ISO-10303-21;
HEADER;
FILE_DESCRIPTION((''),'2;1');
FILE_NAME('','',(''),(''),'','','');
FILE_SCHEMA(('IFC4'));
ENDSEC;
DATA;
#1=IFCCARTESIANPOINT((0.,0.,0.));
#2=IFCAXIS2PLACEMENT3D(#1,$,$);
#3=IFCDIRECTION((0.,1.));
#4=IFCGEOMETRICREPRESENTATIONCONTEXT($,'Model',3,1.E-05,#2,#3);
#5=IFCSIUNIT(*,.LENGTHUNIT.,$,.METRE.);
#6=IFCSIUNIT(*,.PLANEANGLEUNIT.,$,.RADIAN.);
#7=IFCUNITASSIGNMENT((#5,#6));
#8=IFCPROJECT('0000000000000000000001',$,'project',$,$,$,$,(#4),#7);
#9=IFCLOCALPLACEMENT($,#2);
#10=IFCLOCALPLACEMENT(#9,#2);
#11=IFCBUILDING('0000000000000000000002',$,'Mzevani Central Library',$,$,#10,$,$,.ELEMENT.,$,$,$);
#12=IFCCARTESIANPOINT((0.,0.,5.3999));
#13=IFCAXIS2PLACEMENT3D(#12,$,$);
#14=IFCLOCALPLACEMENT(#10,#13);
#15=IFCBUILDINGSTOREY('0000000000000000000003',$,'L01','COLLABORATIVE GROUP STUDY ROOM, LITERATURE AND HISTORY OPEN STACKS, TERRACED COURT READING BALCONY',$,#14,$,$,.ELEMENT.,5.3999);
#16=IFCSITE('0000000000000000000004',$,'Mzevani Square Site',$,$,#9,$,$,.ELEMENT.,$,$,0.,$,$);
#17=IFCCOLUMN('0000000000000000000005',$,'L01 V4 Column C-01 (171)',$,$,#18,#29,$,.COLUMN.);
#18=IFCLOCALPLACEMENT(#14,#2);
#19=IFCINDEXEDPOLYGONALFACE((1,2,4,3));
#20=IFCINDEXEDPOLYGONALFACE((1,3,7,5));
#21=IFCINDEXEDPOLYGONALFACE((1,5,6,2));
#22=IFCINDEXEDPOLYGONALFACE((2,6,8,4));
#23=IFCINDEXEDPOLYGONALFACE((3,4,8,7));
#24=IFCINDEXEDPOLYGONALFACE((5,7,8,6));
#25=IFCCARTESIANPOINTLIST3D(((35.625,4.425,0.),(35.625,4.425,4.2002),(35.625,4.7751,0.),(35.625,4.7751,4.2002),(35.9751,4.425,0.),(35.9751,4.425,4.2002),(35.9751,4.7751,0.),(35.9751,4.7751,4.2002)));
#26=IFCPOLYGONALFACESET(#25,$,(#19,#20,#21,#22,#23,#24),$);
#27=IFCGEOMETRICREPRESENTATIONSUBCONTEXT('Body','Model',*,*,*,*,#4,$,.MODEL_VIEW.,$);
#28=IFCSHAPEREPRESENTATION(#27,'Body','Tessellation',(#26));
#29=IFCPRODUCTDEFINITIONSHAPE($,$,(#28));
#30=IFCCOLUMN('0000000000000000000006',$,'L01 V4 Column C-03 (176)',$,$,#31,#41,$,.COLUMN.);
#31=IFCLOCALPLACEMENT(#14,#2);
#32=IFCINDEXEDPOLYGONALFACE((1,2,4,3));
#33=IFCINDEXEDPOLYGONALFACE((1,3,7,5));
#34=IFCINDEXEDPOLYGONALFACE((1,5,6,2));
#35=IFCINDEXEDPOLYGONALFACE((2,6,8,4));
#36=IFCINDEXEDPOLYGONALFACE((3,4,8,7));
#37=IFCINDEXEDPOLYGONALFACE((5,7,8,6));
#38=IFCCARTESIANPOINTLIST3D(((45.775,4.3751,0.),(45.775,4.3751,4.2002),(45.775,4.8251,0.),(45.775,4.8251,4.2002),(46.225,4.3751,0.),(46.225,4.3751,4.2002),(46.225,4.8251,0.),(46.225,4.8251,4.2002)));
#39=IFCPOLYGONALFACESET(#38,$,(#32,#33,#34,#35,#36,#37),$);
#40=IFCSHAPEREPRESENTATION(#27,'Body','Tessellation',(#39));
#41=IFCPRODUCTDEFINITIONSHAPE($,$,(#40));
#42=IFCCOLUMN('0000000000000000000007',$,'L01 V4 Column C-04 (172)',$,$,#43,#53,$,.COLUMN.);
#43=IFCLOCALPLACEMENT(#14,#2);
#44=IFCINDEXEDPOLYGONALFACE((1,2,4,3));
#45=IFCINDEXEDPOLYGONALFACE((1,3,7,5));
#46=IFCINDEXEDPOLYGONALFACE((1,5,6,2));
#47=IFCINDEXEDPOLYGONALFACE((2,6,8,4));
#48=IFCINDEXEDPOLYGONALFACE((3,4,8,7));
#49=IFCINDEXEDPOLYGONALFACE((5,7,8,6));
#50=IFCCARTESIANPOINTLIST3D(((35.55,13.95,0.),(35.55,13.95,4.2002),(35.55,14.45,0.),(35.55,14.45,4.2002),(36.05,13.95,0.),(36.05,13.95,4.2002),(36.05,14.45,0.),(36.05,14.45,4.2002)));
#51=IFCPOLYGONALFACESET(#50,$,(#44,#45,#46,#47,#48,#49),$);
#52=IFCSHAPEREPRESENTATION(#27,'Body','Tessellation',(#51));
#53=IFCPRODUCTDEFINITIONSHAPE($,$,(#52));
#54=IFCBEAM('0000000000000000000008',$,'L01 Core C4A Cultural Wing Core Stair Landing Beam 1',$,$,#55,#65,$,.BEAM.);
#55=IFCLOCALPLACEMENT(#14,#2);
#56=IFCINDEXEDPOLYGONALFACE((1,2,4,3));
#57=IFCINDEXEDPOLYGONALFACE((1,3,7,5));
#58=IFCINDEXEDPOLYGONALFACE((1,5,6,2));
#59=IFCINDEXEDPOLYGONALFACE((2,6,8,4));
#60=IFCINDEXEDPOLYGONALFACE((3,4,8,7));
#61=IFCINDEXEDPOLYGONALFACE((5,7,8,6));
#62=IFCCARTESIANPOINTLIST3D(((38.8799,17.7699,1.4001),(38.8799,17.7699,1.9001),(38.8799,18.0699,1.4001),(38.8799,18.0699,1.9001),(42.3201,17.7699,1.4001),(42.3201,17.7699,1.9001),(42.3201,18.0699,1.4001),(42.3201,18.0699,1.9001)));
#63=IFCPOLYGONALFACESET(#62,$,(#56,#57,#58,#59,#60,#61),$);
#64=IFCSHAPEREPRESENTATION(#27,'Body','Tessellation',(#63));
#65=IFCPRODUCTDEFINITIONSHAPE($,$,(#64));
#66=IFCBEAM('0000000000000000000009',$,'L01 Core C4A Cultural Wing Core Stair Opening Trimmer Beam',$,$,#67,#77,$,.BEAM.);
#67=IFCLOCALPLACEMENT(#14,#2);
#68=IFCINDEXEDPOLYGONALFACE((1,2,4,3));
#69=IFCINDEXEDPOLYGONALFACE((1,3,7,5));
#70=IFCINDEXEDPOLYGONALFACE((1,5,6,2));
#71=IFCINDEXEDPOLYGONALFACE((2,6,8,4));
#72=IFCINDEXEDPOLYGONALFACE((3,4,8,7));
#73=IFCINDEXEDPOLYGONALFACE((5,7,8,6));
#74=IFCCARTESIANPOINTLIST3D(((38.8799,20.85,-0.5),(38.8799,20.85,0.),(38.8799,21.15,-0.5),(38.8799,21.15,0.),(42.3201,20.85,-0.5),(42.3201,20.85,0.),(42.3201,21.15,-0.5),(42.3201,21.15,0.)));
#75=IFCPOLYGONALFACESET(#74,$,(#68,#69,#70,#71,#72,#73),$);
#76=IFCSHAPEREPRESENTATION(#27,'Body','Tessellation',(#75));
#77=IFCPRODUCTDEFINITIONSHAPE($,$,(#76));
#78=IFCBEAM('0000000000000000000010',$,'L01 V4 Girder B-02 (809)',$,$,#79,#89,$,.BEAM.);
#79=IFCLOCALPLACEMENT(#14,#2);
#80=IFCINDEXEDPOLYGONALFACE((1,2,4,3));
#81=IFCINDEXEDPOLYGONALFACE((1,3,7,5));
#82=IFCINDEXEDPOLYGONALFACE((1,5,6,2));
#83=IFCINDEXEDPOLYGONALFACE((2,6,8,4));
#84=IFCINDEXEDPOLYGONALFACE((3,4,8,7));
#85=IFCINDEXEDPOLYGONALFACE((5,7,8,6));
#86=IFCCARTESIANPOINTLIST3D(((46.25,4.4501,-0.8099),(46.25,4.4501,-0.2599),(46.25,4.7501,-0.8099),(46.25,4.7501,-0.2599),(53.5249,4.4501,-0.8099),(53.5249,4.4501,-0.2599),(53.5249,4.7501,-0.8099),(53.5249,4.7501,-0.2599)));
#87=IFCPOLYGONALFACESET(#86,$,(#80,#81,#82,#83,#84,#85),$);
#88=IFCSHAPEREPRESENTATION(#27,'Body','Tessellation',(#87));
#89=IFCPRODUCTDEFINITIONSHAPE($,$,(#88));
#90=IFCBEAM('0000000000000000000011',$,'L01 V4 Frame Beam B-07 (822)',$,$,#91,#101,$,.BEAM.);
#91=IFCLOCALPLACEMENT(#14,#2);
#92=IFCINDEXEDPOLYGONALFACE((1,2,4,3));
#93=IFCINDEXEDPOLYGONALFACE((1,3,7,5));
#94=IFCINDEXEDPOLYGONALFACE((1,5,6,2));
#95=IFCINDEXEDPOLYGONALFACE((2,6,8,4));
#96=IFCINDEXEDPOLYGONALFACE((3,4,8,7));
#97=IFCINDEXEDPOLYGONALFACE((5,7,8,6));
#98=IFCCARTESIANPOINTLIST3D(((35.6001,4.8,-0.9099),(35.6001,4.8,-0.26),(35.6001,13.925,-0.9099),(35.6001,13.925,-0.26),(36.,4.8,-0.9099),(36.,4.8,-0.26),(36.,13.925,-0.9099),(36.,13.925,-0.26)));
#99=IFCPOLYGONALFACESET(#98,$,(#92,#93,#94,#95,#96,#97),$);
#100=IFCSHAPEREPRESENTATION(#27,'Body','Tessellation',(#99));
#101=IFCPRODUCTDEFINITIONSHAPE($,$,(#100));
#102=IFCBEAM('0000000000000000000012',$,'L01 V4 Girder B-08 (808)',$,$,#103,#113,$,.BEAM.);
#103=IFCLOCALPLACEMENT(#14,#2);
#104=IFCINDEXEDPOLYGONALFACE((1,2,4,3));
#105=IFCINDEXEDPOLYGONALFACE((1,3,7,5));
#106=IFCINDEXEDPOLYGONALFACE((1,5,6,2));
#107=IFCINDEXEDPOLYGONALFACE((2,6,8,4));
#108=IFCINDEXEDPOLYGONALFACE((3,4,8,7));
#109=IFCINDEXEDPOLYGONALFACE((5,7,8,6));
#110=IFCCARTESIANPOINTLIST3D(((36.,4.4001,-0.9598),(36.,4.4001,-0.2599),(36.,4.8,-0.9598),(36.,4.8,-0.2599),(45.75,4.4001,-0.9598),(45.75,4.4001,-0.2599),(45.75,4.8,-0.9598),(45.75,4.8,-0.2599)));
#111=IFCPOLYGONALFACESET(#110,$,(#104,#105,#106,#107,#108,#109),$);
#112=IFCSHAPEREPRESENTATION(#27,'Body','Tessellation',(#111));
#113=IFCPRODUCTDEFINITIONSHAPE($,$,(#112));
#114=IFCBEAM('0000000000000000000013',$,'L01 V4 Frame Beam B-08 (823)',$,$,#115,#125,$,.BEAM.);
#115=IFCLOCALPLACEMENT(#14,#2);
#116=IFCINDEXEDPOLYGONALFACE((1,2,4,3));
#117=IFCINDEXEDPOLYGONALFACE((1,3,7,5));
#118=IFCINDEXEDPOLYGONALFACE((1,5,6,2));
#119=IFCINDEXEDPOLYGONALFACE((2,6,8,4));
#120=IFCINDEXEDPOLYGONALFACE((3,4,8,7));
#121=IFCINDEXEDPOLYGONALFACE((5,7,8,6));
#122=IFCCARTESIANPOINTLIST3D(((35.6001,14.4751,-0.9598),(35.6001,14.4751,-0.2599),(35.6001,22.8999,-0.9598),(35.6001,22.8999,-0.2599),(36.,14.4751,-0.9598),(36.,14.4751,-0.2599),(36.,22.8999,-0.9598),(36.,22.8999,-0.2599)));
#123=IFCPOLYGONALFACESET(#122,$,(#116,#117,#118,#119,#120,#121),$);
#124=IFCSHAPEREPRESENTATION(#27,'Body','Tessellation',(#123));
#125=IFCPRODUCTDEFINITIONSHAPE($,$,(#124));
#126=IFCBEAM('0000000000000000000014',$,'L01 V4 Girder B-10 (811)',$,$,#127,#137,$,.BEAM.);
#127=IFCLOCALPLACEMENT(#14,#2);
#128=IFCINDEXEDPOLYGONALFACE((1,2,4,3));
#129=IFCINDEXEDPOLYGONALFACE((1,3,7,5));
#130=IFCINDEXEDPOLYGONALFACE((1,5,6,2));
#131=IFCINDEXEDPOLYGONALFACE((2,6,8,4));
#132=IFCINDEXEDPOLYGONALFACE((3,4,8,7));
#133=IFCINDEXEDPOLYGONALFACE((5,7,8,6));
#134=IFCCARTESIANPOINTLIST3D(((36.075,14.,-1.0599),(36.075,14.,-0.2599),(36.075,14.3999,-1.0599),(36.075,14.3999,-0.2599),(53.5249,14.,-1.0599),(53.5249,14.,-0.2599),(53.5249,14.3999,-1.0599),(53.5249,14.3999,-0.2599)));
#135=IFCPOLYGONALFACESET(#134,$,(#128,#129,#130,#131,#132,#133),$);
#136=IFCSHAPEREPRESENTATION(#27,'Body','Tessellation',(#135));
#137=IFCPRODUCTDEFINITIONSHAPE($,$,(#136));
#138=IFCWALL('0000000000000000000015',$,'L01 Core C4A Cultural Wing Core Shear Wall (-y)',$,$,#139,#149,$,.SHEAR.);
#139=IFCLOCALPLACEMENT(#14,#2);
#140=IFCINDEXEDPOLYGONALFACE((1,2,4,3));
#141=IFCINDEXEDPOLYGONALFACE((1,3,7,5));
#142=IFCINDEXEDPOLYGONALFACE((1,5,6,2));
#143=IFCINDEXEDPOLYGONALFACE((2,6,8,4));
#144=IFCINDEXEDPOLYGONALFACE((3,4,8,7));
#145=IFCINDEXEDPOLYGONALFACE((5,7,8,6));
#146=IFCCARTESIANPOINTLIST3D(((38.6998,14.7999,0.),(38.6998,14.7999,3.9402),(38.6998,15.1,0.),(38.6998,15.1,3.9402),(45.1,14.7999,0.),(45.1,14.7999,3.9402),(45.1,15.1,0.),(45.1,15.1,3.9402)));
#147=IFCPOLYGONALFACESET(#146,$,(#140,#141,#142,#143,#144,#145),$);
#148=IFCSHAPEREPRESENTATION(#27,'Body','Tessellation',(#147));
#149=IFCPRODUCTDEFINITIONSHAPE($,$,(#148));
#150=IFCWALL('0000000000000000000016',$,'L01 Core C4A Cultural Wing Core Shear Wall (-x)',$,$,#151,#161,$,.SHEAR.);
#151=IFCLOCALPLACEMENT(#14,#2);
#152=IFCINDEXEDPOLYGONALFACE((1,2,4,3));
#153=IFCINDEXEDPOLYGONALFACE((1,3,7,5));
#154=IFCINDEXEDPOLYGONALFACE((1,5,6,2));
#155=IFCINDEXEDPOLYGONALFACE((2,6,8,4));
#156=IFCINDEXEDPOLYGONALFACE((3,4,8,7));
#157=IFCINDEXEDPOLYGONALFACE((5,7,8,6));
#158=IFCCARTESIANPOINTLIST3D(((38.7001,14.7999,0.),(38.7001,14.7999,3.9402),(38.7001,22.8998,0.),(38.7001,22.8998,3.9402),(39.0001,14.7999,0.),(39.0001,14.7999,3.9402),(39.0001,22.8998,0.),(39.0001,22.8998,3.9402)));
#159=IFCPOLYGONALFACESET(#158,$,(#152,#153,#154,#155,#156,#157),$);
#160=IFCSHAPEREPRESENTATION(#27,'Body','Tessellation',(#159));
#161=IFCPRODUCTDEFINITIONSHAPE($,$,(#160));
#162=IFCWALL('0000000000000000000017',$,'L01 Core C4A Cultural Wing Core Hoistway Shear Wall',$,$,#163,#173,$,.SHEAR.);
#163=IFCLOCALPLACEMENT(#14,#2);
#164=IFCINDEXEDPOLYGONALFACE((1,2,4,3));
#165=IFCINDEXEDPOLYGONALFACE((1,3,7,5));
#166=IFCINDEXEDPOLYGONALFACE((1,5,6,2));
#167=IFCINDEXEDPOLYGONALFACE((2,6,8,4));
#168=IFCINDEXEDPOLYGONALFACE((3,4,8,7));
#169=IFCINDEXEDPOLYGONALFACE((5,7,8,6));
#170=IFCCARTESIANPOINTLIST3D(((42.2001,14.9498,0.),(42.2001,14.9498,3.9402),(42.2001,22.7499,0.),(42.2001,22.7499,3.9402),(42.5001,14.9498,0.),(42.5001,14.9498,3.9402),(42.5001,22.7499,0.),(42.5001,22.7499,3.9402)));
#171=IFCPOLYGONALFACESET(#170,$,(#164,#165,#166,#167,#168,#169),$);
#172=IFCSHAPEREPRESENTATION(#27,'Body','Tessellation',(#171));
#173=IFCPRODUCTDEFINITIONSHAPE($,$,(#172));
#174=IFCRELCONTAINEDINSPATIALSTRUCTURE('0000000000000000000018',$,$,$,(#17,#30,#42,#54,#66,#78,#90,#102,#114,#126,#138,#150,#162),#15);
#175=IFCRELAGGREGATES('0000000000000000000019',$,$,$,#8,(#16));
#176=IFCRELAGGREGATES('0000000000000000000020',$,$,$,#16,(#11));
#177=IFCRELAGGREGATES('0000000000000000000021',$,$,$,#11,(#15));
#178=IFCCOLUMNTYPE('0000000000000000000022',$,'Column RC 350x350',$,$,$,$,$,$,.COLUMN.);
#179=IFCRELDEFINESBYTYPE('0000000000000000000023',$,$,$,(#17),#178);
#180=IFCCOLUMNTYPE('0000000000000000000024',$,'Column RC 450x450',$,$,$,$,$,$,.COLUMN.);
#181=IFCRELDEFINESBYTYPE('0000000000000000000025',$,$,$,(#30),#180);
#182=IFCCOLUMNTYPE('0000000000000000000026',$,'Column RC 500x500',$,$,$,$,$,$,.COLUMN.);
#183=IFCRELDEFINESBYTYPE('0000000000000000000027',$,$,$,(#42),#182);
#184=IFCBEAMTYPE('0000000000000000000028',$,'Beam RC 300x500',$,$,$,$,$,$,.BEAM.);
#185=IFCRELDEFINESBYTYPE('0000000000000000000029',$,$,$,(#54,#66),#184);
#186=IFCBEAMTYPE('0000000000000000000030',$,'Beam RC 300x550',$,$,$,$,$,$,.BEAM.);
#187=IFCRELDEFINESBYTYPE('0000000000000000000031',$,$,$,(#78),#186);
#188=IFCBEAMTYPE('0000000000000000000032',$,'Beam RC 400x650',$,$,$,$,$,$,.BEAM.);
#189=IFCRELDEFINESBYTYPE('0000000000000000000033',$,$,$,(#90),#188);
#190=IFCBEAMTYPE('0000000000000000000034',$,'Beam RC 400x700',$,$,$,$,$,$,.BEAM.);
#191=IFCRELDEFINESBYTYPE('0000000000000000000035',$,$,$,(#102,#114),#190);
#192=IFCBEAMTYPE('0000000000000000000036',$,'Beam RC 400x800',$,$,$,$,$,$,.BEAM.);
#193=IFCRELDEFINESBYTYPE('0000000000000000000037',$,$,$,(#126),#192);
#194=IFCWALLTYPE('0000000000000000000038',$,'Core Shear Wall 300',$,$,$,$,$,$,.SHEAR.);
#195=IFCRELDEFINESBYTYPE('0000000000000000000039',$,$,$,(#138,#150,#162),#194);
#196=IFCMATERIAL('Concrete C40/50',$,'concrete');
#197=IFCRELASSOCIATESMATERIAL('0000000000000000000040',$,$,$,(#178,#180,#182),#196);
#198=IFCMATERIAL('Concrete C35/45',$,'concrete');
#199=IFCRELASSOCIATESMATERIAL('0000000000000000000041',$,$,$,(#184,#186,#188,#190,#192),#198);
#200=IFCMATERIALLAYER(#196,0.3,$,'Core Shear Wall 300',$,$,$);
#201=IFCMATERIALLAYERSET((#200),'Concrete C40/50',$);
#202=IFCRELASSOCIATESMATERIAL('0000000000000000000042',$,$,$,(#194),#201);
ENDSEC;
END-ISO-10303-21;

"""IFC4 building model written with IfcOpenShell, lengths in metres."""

from ifc_helpers import new_model, si_unit, direction, frame, frame_2d, origin, origin_2d, place, context, subcontext, project, spatial, rectangle, extrude, material, layer, layer_set, material_profile, profile_set, type_object, element, save


model = new_model("IFC4")

# Units and contexts
model_context = context("Model", 3, precision=1e-05, world=origin(), true_north=direction((0.0, 1.0)))
body_context = subcontext(model_context, "Body", "Model", "MODEL_VIEW")
ifc_project = project(units=[si_unit("LENGTHUNIT", "METRE"), si_unit("PLANEANGLEUNIT", "RADIAN")], contexts=[model_context])

# Site, building, storey
site_placement = place(None, origin())
site = spatial("IfcSite", under=ifc_project, at=site_placement, Name="Mzevani Square Site", CompositionType="ELEMENT", RefElevation=0.0)
building_placement = place(site_placement, origin())
building = spatial("IfcBuilding", under=site, at=building_placement, Name="Mzevani Central Library", CompositionType="ELEMENT")
storey_placement = place(building_placement, frame((0.0, 0.0, 5.3999)))
storey = spatial("IfcBuildingStorey", under=building, at=storey_placement, Name="L01", Description="COLLABORATIVE GROUP STUDY ROOM, LITERATURE AND HISTORY OPEN STACKS, TERRACED COURT READING BALCONY", CompositionType="ELEMENT", Elevation=5.3999)

# Columns
ifc_material_1 = material(Name="Concrete C40/50", Category="concrete")
ifc_material_profile_1 = material_profile(ifc_material_1, rectangle(XDim=0.3501, YDim=0.3501, at=origin_2d()), Name="RC 350x350")
ifc_profile_set_1 = profile_set([ifc_material_profile_1], Name="Concrete C40/50")
column_type_1 = type_object("IfcColumnType", Name="Column RC 350x350", PredefinedType="COLUMN", material=ifc_profile_set_1)
column_1_placement = place(storey_placement, frame((35.8, 4.6001, 0.0), z_axis=(0.0, 0.0, 1.0), x_axis=(1.0, 0.0, 0.0)))
element("IfcColumn", 1, at=column_1_placement, inside=storey, type_object=column_type_1, Name="L01 V4 Column C-01 (171)", PredefinedType="COLUMN", context=body_context, shape_type="SweptSolid", body=[
    extrude(rectangle(XDim=0.3501, YDim=0.3501, at=origin_2d()), origin(), (0.0, 0.0, 1.0), 4.2002),
])
ifc_material_profile_2 = material_profile(ifc_material_1, rectangle(XDim=0.45, YDim=0.45, at=origin_2d()), Name="RC 450x450")
ifc_profile_set_2 = profile_set([ifc_material_profile_2], Name="Concrete C40/50")
column_type_2 = type_object("IfcColumnType", Name="Column RC 450x450", PredefinedType="COLUMN", material=ifc_profile_set_2)
column_2_placement = place(storey_placement, frame((46.0, 4.6001, 0.0), z_axis=(0.0, 0.0, 1.0), x_axis=(1.0, 0.0, 0.0)))
element("IfcColumn", 2, at=column_2_placement, inside=storey, type_object=column_type_2, Name="L01 V4 Column C-03 (176)", PredefinedType="COLUMN", context=body_context, shape_type="SweptSolid", body=[
    extrude(rectangle(XDim=0.45, YDim=0.45, at=origin_2d()), origin(), (0.0, 0.0, 1.0), 4.2002),
])
ifc_material_profile_3 = material_profile(ifc_material_1, rectangle(XDim=0.5, YDim=0.5, at=origin_2d()), Name="RC 500x500")
ifc_profile_set_3 = profile_set([ifc_material_profile_3], Name="Concrete C40/50")
column_type_3 = type_object("IfcColumnType", Name="Column RC 500x500", PredefinedType="COLUMN", material=ifc_profile_set_3)
column_3_placement = place(storey_placement, frame((35.8, 14.2, 0.0), z_axis=(0.0, 0.0, 1.0), x_axis=(1.0, 0.0, 0.0)))
element("IfcColumn", 3, at=column_3_placement, inside=storey, type_object=column_type_3, Name="L01 V4 Column C-04 (172)", PredefinedType="COLUMN", context=body_context, shape_type="SweptSolid", body=[
    extrude(rectangle(XDim=0.5, YDim=0.5, at=origin_2d()), origin(), (0.0, 0.0, 1.0), 4.2002),
])

# Beams
ifc_material_2 = material(Name="Concrete C35/45", Category="concrete")
ifc_material_profile_4 = material_profile(ifc_material_2, rectangle(XDim=0.3, YDim=0.5, at=origin_2d()), Name="RC B300x500")
ifc_profile_set_4 = profile_set([ifc_material_profile_4], Name="Concrete C35/45")
beam_type_1 = type_object("IfcBeamType", Name="Beam RC 300x500", PredefinedType="BEAM", material=ifc_profile_set_4)
for number, where, z_axis, x_axis, name in (
    (4, (38.8799, 17.9199, 1.6501), (1.0, 0.0, 0.0), (0.0, 1.0, 0.0), "L01 Core C4A Cultural Wing Core Stair Landing Beam 1"),
    (5, (38.8799, 21.0, -0.25), (1.0, 0.0, 0.0), (0.0, 1.0, 0.0), "L01 Core C4A Cultural Wing Core Stair Opening Trimmer Beam"),
):
    element("IfcBeam", number, at=place(storey_placement, frame(where, z_axis=z_axis, x_axis=x_axis)), inside=storey, type_object=beam_type_1, Name=name, PredefinedType="BEAM", context=body_context, shape_type="SweptSolid", body=[
        extrude(rectangle(XDim=0.3, YDim=0.5, at=origin_2d()), origin(), (0.0, 0.0, 1.0), 3.4402),
    ])
ifc_material_profile_5 = material_profile(ifc_material_2, rectangle(XDim=0.3, YDim=0.55, at=origin_2d()), Name="RC B300x550")
ifc_profile_set_5 = profile_set([ifc_material_profile_5], Name="Concrete C35/45")
beam_type_2 = type_object("IfcBeamType", Name="Beam RC 300x550", PredefinedType="BEAM", material=ifc_profile_set_5)
beam_1_placement = place(storey_placement, frame((46.25, 4.6001, -0.5349), z_axis=(1.0, 0.0, 0.0), x_axis=(0.0, 1.0, 0.0)))
element("IfcBeam", 6, at=beam_1_placement, inside=storey, type_object=beam_type_2, Name="L01 V4 Girder B-02 (809)", PredefinedType="BEAM", context=body_context, shape_type="SweptSolid", body=[
    extrude(rectangle(XDim=0.3, YDim=0.55, at=origin_2d()), origin(), (0.0, 0.0, 1.0), 7.2749),
])
ifc_material_profile_6 = material_profile(ifc_material_2, rectangle(XDim=0.3999, YDim=0.6499, at=origin_2d()), Name="RC B400x650")
ifc_profile_set_6 = profile_set([ifc_material_profile_6], Name="Concrete C35/45")
beam_type_3 = type_object("IfcBeamType", Name="Beam RC 400x650", PredefinedType="BEAM", material=ifc_profile_set_6)
beam_2_placement = place(storey_placement, frame((35.8, 4.8, -0.585), z_axis=(0.0, 1.0, 0.0), x_axis=(-1.0, 0.0, 0.0)))
element("IfcBeam", 7, at=beam_2_placement, inside=storey, type_object=beam_type_3, Name="L01 V4 Frame Beam B-07 (822)", PredefinedType="BEAM", context=body_context, shape_type="SweptSolid", body=[
    extrude(rectangle(XDim=0.3999, YDim=0.6499, at=origin_2d()), origin(), (0.0, 0.0, 1.0), 9.125),
])
ifc_material_profile_7 = material_profile(ifc_material_2, rectangle(XDim=0.3999, YDim=0.7, at=origin_2d()), Name="RC B400x700")
ifc_profile_set_7 = profile_set([ifc_material_profile_7], Name="Concrete C35/45")
beam_type_4 = type_object("IfcBeamType", Name="Beam RC 400x700", PredefinedType="BEAM", material=ifc_profile_set_7)
beam_3_placement = place(storey_placement, frame((36.0, 4.6001, -0.6099), z_axis=(1.0, 0.0, 0.0), x_axis=(0.0, 1.0, 0.0)))
element("IfcBeam", 8, at=beam_3_placement, inside=storey, type_object=beam_type_4, Name="L01 V4 Girder B-08 (808)", PredefinedType="BEAM", context=body_context, shape_type="SweptSolid", body=[
    extrude(rectangle(XDim=0.3999, YDim=0.7, at=origin_2d()), origin(), (0.0, 0.0, 1.0), 9.75),
])
beam_4_placement = place(storey_placement, frame((35.8, 14.4751, -0.6099), z_axis=(0.0, 1.0, 0.0), x_axis=(-1.0, 0.0, 0.0)))
element("IfcBeam", 9, at=beam_4_placement, inside=storey, type_object=beam_type_4, Name="L01 V4 Frame Beam B-08 (823)", PredefinedType="BEAM", context=body_context, shape_type="SweptSolid", body=[
    extrude(rectangle(XDim=0.3999, YDim=0.7, at=origin_2d()), origin(), (0.0, 0.0, 1.0), 8.4248),
])
ifc_material_profile_8 = material_profile(ifc_material_2, rectangle(XDim=0.3999, YDim=0.8, at=origin_2d()), Name="RC B400x800")
ifc_profile_set_8 = profile_set([ifc_material_profile_8], Name="Concrete C35/45")
beam_type_5 = type_object("IfcBeamType", Name="Beam RC 400x800", PredefinedType="BEAM", material=ifc_profile_set_8)
beam_5_placement = place(storey_placement, frame((36.075, 14.2, -0.6599), z_axis=(1.0, 0.0, 0.0), x_axis=(0.0, 1.0, 0.0)))
element("IfcBeam", 10, at=beam_5_placement, inside=storey, type_object=beam_type_5, Name="L01 V4 Girder B-10 (811)", PredefinedType="BEAM", context=body_context, shape_type="SweptSolid", body=[
    extrude(rectangle(XDim=0.3999, YDim=0.8, at=origin_2d()), origin(), (0.0, 0.0, 1.0), 17.45),
])

# Walls
ifc_layer_1 = layer(ifc_material_1, 0.3, Name="Core Shear Wall 300")
ifc_layer_set_1 = layer_set([ifc_layer_1], Name="Concrete C40/50")
wall_type_1 = type_object("IfcWallType", Name="Core Shear Wall 300", PredefinedType="SHEAR", material=ifc_layer_set_1)
wall_1_placement = place(storey_placement, frame((45.1001, 14.95, 0.0), z_axis=(0.0, 0.0, 1.0), x_axis=(-1.0, 0.0, 0.0)))
element("IfcWall", 11, at=wall_1_placement, inside=storey, type_object=wall_type_1, Name="L01 Core C4A Cultural Wing Core Shear Wall (-y)", PredefinedType="SHEAR", context=body_context, shape_type="SweptSolid", body=[
    extrude(rectangle(XDim=6.4001, YDim=0.3, at=frame_2d((3.2002, 0.0))), origin(), (0.0, 0.0, 1.0), 3.9402),
])
wall_2_placement = place(storey_placement, frame((38.8501, 14.8, 0.0), z_axis=(0.0, 0.0, 1.0), x_axis=(0.0, 1.0, 0.0)))
element("IfcWall", 12, at=wall_2_placement, inside=storey, type_object=wall_type_1, Name="L01 Core C4A Cultural Wing Core Shear Wall (-x)", PredefinedType="SHEAR", context=body_context, shape_type="SweptSolid", body=[
    extrude(rectangle(XDim=8.0999, YDim=0.3, at=frame_2d((4.0498, 0.0))), origin(), (0.0, 0.0, 1.0), 3.9402),
])
wall_3_placement = place(storey_placement, frame((42.3501, 14.95, 0.0), z_axis=(0.0, 0.0, 1.0), x_axis=(0.0, 1.0, 0.0)))
element("IfcWall", 13, at=wall_3_placement, inside=storey, type_object=wall_type_1, Name="L01 Core C4A Cultural Wing Core Hoistway Shear Wall", PredefinedType="SHEAR", context=body_context, shape_type="SweptSolid", body=[
    extrude(rectangle(XDim=7.8, YDim=0.3, at=frame_2d((3.8999, 0.0))), origin(), (0.0, 0.0, 1.0), 3.9402),
])

save(model, "model.ifc")
